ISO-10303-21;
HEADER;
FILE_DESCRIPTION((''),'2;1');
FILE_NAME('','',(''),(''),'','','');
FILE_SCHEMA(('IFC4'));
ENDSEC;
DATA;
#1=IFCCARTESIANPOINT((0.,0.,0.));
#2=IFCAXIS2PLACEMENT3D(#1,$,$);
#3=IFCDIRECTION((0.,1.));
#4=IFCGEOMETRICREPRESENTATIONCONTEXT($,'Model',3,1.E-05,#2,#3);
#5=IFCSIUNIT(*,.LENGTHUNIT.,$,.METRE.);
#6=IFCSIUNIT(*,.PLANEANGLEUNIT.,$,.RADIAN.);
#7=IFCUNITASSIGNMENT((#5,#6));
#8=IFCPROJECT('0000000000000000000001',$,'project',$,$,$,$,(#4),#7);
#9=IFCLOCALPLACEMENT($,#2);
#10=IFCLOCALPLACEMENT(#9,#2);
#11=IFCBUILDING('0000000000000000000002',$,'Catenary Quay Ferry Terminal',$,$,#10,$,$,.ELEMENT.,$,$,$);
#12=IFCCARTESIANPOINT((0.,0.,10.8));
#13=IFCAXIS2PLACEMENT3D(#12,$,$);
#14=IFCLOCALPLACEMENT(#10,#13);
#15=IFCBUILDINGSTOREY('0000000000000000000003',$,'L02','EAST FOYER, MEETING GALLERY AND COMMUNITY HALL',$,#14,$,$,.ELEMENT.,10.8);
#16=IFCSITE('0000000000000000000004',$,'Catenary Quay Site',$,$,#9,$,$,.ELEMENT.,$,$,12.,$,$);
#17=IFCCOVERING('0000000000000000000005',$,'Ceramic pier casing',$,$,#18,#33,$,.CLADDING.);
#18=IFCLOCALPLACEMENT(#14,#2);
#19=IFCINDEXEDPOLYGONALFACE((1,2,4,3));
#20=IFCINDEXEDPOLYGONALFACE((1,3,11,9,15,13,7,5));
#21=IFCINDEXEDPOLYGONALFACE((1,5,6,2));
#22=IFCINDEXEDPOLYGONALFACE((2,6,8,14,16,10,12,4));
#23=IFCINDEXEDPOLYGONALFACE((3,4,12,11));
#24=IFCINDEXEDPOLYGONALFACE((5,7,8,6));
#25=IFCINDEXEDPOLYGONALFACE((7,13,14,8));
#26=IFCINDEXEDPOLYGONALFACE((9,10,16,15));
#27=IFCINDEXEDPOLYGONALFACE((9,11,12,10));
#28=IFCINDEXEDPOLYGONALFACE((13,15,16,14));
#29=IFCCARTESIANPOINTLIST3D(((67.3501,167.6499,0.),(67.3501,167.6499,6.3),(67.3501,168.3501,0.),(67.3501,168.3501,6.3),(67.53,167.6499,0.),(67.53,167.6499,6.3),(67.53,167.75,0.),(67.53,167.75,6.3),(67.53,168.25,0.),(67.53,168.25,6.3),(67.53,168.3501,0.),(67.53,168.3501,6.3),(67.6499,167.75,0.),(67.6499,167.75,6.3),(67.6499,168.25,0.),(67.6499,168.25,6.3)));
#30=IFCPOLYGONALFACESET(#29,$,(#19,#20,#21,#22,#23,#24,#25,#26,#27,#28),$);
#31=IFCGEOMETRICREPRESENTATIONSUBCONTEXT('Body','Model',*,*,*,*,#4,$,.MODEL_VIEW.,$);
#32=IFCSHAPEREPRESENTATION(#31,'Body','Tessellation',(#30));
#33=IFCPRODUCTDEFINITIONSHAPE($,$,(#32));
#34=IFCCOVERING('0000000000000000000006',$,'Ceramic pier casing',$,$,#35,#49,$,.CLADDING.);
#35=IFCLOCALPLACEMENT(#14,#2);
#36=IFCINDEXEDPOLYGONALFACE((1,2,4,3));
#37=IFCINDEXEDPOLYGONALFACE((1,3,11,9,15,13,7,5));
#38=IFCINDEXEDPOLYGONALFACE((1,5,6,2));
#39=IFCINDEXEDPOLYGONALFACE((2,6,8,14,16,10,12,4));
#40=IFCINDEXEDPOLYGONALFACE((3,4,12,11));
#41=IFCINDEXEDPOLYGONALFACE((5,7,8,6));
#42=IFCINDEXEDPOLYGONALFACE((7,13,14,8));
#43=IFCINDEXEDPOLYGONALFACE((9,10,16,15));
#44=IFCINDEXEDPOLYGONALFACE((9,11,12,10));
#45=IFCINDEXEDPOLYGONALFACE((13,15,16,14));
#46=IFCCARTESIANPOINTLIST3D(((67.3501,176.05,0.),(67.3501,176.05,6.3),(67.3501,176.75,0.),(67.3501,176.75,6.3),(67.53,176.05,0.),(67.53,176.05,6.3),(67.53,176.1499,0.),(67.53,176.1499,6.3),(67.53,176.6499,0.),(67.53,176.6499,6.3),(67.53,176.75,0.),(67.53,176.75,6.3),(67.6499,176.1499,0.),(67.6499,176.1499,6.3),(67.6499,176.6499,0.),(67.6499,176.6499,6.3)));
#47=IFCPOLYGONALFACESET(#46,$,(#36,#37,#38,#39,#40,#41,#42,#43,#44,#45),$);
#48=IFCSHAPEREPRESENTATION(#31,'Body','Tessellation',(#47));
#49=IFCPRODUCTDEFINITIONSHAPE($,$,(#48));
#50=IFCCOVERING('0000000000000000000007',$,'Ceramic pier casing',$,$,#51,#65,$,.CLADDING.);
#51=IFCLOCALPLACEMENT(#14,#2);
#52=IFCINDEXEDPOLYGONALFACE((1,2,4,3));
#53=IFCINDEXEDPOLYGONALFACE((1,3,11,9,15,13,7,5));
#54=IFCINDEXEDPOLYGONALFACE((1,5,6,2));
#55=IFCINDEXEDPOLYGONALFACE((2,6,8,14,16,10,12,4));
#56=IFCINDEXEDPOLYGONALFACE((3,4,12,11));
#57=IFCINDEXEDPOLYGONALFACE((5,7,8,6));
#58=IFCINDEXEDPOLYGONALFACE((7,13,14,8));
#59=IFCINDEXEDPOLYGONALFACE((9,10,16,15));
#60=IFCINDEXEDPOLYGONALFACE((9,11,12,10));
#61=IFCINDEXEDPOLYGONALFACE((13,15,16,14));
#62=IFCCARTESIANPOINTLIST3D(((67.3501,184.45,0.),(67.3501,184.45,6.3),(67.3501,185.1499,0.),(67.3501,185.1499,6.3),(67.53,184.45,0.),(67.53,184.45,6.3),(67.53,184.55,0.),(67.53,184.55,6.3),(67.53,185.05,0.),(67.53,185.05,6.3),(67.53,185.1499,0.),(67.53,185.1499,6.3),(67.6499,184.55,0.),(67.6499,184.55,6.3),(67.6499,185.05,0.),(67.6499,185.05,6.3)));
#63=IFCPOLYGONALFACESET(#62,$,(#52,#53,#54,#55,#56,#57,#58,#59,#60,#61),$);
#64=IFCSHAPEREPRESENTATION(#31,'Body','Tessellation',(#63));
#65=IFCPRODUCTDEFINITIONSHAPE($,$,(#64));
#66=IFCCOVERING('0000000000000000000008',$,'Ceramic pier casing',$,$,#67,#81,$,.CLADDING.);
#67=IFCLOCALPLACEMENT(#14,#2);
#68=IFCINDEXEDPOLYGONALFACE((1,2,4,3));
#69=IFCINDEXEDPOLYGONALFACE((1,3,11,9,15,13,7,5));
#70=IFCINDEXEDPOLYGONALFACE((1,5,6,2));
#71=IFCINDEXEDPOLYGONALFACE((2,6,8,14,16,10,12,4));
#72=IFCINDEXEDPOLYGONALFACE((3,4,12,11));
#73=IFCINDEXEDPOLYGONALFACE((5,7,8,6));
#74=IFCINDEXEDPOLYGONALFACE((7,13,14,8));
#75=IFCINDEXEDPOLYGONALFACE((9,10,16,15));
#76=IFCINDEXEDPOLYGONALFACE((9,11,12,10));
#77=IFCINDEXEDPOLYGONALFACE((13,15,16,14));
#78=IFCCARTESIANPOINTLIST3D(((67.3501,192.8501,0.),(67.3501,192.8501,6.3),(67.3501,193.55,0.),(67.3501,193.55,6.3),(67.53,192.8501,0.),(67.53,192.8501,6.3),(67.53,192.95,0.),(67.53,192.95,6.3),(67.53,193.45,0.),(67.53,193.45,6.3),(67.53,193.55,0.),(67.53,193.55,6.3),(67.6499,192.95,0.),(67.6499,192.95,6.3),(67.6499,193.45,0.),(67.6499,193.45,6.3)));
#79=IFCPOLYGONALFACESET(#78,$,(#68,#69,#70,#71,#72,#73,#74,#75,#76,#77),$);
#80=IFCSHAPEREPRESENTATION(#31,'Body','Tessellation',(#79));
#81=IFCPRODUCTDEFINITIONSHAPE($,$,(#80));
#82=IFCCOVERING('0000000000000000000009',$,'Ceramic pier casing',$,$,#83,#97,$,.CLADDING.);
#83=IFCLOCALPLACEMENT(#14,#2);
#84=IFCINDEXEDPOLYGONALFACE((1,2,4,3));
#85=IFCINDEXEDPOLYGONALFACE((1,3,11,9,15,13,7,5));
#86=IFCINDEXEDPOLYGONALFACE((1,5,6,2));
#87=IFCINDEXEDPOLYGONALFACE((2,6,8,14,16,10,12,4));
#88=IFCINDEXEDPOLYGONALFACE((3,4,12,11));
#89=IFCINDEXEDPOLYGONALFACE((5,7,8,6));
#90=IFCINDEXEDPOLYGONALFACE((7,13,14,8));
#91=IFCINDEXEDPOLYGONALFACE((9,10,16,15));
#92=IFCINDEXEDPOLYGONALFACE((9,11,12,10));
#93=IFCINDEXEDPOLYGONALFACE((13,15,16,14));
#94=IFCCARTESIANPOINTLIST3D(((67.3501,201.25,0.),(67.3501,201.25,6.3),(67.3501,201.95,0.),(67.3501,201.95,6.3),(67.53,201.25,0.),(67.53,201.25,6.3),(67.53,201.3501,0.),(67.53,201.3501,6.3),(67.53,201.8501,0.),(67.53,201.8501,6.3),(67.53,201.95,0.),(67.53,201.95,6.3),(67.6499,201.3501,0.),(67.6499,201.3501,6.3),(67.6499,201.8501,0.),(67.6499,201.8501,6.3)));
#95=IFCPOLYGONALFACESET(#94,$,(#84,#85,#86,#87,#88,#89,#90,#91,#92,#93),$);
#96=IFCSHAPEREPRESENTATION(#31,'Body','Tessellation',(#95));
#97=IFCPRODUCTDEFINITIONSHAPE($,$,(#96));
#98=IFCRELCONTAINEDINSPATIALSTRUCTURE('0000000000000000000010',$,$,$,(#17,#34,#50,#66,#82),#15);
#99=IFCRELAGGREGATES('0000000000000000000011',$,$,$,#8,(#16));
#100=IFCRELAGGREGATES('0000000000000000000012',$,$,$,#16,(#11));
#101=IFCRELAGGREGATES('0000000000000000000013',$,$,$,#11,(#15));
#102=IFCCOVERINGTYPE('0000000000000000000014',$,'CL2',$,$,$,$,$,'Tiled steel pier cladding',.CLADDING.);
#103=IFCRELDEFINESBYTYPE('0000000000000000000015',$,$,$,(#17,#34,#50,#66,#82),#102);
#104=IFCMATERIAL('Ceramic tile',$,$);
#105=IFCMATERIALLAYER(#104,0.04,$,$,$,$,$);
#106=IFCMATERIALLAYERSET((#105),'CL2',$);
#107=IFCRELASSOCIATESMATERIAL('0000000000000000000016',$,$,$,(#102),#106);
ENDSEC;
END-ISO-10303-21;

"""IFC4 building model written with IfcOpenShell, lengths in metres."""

from ifc_helpers import new_model, si_unit, direction, frame, origin, place, context, subcontext, project, spatial, polyline, outline, extrude, material, layer, layer_set, type_object, element, save


model = new_model("IFC4")

# Units and contexts
model_context = context("Model", 3, precision=1e-05, world=origin(), true_north=direction((0.0, 1.0)))
body_context = subcontext(model_context, "Body", "Model", "MODEL_VIEW")
ifc_project = project(units=[si_unit("LENGTHUNIT", "METRE"), si_unit("PLANEANGLEUNIT", "RADIAN")], contexts=[model_context])

# Site, building, storey
site_placement = place(None, origin())
site = spatial("IfcSite", under=ifc_project, at=site_placement, Name="Catenary Quay Site", CompositionType="ELEMENT", RefElevation=12.0)
building_placement = place(site_placement, origin())
building = spatial("IfcBuilding", under=site, at=building_placement, Name="Catenary Quay Ferry Terminal", CompositionType="ELEMENT")
storey_placement = place(building_placement, frame((0.0, 0.0, 10.8)))
storey = spatial("IfcBuildingStorey", under=building, at=storey_placement, Name="L02", Description="EAST FOYER, MEETING GALLERY AND COMMUNITY HALL", CompositionType="ELEMENT", Elevation=10.8)

# Coverings
ifc_material_1 = material(Name="Ceramic tile")
ifc_layer_1 = layer(ifc_material_1, 0.04)
ifc_layer_set_1 = layer_set([ifc_layer_1], Name="CL2")
covering_type = type_object("IfcCoveringType", Name="CL2", ElementType="Tiled steel pier cladding", PredefinedType="CLADDING", material=ifc_layer_set_1)
covering_1_placement = place(storey_placement, origin())
element("IfcCovering", 1, at=covering_1_placement, inside=storey, type_object=covering_type, Name="Ceramic pier casing", PredefinedType="CLADDING", context=body_context, shape_type="SweptSolid", body=[
    extrude(outline(polyline([(67.3501, 167.6499), (67.53, 167.6499), (67.53, 167.75), (67.6499, 167.75), (67.6499, 168.25), (67.53, 168.25), (67.53, 168.3501), (67.3501, 168.3501), (67.3501, 167.6499)])), origin(), (0.0, 0.0, 1.0), 6.3),
])
covering_2_placement = place(storey_placement, origin())
element("IfcCovering", 2, at=covering_2_placement, inside=storey, type_object=covering_type, Name="Ceramic pier casing", PredefinedType="CLADDING", context=body_context, shape_type="SweptSolid", body=[
    extrude(outline(polyline([(67.3501, 176.05), (67.53, 176.05), (67.53, 176.1499), (67.6499, 176.1499), (67.6499, 176.6499), (67.53, 176.6499), (67.53, 176.75), (67.3501, 176.75), (67.3501, 176.05)])), origin(), (0.0, 0.0, 1.0), 6.3),
])
covering_3_placement = place(storey_placement, origin())
element("IfcCovering", 3, at=covering_3_placement, inside=storey, type_object=covering_type, Name="Ceramic pier casing", PredefinedType="CLADDING", context=body_context, shape_type="SweptSolid", body=[
    extrude(outline(polyline([(67.3501, 184.45), (67.53, 184.45), (67.53, 184.55), (67.6499, 184.55), (67.6499, 185.05), (67.53, 185.05), (67.53, 185.1499), (67.3501, 185.1499), (67.3501, 184.45)])), origin(), (0.0, 0.0, 1.0), 6.3),
])
covering_4_placement = place(storey_placement, origin())
element("IfcCovering", 4, at=covering_4_placement, inside=storey, type_object=covering_type, Name="Ceramic pier casing", PredefinedType="CLADDING", context=body_context, shape_type="SweptSolid", body=[
    extrude(outline(polyline([(67.3501, 192.8501), (67.53, 192.8501), (67.53, 192.95), (67.6499, 192.95), (67.6499, 193.45), (67.53, 193.45), (67.53, 193.55), (67.3501, 193.55), (67.3501, 192.8501)])), origin(), (0.0, 0.0, 1.0), 6.3),
])
covering_5_placement = place(storey_placement, origin())
element("IfcCovering", 5, at=covering_5_placement, inside=storey, type_object=covering_type, Name="Ceramic pier casing", PredefinedType="CLADDING", context=body_context, shape_type="SweptSolid", body=[
    extrude(outline(polyline([(67.3501, 201.25), (67.53, 201.25), (67.53, 201.3501), (67.6499, 201.3501), (67.6499, 201.8501), (67.53, 201.8501), (67.53, 201.95), (67.3501, 201.95), (67.3501, 201.25)])), origin(), (0.0, 0.0, 1.0), 6.3),
])

save(model, "model.ifc")
